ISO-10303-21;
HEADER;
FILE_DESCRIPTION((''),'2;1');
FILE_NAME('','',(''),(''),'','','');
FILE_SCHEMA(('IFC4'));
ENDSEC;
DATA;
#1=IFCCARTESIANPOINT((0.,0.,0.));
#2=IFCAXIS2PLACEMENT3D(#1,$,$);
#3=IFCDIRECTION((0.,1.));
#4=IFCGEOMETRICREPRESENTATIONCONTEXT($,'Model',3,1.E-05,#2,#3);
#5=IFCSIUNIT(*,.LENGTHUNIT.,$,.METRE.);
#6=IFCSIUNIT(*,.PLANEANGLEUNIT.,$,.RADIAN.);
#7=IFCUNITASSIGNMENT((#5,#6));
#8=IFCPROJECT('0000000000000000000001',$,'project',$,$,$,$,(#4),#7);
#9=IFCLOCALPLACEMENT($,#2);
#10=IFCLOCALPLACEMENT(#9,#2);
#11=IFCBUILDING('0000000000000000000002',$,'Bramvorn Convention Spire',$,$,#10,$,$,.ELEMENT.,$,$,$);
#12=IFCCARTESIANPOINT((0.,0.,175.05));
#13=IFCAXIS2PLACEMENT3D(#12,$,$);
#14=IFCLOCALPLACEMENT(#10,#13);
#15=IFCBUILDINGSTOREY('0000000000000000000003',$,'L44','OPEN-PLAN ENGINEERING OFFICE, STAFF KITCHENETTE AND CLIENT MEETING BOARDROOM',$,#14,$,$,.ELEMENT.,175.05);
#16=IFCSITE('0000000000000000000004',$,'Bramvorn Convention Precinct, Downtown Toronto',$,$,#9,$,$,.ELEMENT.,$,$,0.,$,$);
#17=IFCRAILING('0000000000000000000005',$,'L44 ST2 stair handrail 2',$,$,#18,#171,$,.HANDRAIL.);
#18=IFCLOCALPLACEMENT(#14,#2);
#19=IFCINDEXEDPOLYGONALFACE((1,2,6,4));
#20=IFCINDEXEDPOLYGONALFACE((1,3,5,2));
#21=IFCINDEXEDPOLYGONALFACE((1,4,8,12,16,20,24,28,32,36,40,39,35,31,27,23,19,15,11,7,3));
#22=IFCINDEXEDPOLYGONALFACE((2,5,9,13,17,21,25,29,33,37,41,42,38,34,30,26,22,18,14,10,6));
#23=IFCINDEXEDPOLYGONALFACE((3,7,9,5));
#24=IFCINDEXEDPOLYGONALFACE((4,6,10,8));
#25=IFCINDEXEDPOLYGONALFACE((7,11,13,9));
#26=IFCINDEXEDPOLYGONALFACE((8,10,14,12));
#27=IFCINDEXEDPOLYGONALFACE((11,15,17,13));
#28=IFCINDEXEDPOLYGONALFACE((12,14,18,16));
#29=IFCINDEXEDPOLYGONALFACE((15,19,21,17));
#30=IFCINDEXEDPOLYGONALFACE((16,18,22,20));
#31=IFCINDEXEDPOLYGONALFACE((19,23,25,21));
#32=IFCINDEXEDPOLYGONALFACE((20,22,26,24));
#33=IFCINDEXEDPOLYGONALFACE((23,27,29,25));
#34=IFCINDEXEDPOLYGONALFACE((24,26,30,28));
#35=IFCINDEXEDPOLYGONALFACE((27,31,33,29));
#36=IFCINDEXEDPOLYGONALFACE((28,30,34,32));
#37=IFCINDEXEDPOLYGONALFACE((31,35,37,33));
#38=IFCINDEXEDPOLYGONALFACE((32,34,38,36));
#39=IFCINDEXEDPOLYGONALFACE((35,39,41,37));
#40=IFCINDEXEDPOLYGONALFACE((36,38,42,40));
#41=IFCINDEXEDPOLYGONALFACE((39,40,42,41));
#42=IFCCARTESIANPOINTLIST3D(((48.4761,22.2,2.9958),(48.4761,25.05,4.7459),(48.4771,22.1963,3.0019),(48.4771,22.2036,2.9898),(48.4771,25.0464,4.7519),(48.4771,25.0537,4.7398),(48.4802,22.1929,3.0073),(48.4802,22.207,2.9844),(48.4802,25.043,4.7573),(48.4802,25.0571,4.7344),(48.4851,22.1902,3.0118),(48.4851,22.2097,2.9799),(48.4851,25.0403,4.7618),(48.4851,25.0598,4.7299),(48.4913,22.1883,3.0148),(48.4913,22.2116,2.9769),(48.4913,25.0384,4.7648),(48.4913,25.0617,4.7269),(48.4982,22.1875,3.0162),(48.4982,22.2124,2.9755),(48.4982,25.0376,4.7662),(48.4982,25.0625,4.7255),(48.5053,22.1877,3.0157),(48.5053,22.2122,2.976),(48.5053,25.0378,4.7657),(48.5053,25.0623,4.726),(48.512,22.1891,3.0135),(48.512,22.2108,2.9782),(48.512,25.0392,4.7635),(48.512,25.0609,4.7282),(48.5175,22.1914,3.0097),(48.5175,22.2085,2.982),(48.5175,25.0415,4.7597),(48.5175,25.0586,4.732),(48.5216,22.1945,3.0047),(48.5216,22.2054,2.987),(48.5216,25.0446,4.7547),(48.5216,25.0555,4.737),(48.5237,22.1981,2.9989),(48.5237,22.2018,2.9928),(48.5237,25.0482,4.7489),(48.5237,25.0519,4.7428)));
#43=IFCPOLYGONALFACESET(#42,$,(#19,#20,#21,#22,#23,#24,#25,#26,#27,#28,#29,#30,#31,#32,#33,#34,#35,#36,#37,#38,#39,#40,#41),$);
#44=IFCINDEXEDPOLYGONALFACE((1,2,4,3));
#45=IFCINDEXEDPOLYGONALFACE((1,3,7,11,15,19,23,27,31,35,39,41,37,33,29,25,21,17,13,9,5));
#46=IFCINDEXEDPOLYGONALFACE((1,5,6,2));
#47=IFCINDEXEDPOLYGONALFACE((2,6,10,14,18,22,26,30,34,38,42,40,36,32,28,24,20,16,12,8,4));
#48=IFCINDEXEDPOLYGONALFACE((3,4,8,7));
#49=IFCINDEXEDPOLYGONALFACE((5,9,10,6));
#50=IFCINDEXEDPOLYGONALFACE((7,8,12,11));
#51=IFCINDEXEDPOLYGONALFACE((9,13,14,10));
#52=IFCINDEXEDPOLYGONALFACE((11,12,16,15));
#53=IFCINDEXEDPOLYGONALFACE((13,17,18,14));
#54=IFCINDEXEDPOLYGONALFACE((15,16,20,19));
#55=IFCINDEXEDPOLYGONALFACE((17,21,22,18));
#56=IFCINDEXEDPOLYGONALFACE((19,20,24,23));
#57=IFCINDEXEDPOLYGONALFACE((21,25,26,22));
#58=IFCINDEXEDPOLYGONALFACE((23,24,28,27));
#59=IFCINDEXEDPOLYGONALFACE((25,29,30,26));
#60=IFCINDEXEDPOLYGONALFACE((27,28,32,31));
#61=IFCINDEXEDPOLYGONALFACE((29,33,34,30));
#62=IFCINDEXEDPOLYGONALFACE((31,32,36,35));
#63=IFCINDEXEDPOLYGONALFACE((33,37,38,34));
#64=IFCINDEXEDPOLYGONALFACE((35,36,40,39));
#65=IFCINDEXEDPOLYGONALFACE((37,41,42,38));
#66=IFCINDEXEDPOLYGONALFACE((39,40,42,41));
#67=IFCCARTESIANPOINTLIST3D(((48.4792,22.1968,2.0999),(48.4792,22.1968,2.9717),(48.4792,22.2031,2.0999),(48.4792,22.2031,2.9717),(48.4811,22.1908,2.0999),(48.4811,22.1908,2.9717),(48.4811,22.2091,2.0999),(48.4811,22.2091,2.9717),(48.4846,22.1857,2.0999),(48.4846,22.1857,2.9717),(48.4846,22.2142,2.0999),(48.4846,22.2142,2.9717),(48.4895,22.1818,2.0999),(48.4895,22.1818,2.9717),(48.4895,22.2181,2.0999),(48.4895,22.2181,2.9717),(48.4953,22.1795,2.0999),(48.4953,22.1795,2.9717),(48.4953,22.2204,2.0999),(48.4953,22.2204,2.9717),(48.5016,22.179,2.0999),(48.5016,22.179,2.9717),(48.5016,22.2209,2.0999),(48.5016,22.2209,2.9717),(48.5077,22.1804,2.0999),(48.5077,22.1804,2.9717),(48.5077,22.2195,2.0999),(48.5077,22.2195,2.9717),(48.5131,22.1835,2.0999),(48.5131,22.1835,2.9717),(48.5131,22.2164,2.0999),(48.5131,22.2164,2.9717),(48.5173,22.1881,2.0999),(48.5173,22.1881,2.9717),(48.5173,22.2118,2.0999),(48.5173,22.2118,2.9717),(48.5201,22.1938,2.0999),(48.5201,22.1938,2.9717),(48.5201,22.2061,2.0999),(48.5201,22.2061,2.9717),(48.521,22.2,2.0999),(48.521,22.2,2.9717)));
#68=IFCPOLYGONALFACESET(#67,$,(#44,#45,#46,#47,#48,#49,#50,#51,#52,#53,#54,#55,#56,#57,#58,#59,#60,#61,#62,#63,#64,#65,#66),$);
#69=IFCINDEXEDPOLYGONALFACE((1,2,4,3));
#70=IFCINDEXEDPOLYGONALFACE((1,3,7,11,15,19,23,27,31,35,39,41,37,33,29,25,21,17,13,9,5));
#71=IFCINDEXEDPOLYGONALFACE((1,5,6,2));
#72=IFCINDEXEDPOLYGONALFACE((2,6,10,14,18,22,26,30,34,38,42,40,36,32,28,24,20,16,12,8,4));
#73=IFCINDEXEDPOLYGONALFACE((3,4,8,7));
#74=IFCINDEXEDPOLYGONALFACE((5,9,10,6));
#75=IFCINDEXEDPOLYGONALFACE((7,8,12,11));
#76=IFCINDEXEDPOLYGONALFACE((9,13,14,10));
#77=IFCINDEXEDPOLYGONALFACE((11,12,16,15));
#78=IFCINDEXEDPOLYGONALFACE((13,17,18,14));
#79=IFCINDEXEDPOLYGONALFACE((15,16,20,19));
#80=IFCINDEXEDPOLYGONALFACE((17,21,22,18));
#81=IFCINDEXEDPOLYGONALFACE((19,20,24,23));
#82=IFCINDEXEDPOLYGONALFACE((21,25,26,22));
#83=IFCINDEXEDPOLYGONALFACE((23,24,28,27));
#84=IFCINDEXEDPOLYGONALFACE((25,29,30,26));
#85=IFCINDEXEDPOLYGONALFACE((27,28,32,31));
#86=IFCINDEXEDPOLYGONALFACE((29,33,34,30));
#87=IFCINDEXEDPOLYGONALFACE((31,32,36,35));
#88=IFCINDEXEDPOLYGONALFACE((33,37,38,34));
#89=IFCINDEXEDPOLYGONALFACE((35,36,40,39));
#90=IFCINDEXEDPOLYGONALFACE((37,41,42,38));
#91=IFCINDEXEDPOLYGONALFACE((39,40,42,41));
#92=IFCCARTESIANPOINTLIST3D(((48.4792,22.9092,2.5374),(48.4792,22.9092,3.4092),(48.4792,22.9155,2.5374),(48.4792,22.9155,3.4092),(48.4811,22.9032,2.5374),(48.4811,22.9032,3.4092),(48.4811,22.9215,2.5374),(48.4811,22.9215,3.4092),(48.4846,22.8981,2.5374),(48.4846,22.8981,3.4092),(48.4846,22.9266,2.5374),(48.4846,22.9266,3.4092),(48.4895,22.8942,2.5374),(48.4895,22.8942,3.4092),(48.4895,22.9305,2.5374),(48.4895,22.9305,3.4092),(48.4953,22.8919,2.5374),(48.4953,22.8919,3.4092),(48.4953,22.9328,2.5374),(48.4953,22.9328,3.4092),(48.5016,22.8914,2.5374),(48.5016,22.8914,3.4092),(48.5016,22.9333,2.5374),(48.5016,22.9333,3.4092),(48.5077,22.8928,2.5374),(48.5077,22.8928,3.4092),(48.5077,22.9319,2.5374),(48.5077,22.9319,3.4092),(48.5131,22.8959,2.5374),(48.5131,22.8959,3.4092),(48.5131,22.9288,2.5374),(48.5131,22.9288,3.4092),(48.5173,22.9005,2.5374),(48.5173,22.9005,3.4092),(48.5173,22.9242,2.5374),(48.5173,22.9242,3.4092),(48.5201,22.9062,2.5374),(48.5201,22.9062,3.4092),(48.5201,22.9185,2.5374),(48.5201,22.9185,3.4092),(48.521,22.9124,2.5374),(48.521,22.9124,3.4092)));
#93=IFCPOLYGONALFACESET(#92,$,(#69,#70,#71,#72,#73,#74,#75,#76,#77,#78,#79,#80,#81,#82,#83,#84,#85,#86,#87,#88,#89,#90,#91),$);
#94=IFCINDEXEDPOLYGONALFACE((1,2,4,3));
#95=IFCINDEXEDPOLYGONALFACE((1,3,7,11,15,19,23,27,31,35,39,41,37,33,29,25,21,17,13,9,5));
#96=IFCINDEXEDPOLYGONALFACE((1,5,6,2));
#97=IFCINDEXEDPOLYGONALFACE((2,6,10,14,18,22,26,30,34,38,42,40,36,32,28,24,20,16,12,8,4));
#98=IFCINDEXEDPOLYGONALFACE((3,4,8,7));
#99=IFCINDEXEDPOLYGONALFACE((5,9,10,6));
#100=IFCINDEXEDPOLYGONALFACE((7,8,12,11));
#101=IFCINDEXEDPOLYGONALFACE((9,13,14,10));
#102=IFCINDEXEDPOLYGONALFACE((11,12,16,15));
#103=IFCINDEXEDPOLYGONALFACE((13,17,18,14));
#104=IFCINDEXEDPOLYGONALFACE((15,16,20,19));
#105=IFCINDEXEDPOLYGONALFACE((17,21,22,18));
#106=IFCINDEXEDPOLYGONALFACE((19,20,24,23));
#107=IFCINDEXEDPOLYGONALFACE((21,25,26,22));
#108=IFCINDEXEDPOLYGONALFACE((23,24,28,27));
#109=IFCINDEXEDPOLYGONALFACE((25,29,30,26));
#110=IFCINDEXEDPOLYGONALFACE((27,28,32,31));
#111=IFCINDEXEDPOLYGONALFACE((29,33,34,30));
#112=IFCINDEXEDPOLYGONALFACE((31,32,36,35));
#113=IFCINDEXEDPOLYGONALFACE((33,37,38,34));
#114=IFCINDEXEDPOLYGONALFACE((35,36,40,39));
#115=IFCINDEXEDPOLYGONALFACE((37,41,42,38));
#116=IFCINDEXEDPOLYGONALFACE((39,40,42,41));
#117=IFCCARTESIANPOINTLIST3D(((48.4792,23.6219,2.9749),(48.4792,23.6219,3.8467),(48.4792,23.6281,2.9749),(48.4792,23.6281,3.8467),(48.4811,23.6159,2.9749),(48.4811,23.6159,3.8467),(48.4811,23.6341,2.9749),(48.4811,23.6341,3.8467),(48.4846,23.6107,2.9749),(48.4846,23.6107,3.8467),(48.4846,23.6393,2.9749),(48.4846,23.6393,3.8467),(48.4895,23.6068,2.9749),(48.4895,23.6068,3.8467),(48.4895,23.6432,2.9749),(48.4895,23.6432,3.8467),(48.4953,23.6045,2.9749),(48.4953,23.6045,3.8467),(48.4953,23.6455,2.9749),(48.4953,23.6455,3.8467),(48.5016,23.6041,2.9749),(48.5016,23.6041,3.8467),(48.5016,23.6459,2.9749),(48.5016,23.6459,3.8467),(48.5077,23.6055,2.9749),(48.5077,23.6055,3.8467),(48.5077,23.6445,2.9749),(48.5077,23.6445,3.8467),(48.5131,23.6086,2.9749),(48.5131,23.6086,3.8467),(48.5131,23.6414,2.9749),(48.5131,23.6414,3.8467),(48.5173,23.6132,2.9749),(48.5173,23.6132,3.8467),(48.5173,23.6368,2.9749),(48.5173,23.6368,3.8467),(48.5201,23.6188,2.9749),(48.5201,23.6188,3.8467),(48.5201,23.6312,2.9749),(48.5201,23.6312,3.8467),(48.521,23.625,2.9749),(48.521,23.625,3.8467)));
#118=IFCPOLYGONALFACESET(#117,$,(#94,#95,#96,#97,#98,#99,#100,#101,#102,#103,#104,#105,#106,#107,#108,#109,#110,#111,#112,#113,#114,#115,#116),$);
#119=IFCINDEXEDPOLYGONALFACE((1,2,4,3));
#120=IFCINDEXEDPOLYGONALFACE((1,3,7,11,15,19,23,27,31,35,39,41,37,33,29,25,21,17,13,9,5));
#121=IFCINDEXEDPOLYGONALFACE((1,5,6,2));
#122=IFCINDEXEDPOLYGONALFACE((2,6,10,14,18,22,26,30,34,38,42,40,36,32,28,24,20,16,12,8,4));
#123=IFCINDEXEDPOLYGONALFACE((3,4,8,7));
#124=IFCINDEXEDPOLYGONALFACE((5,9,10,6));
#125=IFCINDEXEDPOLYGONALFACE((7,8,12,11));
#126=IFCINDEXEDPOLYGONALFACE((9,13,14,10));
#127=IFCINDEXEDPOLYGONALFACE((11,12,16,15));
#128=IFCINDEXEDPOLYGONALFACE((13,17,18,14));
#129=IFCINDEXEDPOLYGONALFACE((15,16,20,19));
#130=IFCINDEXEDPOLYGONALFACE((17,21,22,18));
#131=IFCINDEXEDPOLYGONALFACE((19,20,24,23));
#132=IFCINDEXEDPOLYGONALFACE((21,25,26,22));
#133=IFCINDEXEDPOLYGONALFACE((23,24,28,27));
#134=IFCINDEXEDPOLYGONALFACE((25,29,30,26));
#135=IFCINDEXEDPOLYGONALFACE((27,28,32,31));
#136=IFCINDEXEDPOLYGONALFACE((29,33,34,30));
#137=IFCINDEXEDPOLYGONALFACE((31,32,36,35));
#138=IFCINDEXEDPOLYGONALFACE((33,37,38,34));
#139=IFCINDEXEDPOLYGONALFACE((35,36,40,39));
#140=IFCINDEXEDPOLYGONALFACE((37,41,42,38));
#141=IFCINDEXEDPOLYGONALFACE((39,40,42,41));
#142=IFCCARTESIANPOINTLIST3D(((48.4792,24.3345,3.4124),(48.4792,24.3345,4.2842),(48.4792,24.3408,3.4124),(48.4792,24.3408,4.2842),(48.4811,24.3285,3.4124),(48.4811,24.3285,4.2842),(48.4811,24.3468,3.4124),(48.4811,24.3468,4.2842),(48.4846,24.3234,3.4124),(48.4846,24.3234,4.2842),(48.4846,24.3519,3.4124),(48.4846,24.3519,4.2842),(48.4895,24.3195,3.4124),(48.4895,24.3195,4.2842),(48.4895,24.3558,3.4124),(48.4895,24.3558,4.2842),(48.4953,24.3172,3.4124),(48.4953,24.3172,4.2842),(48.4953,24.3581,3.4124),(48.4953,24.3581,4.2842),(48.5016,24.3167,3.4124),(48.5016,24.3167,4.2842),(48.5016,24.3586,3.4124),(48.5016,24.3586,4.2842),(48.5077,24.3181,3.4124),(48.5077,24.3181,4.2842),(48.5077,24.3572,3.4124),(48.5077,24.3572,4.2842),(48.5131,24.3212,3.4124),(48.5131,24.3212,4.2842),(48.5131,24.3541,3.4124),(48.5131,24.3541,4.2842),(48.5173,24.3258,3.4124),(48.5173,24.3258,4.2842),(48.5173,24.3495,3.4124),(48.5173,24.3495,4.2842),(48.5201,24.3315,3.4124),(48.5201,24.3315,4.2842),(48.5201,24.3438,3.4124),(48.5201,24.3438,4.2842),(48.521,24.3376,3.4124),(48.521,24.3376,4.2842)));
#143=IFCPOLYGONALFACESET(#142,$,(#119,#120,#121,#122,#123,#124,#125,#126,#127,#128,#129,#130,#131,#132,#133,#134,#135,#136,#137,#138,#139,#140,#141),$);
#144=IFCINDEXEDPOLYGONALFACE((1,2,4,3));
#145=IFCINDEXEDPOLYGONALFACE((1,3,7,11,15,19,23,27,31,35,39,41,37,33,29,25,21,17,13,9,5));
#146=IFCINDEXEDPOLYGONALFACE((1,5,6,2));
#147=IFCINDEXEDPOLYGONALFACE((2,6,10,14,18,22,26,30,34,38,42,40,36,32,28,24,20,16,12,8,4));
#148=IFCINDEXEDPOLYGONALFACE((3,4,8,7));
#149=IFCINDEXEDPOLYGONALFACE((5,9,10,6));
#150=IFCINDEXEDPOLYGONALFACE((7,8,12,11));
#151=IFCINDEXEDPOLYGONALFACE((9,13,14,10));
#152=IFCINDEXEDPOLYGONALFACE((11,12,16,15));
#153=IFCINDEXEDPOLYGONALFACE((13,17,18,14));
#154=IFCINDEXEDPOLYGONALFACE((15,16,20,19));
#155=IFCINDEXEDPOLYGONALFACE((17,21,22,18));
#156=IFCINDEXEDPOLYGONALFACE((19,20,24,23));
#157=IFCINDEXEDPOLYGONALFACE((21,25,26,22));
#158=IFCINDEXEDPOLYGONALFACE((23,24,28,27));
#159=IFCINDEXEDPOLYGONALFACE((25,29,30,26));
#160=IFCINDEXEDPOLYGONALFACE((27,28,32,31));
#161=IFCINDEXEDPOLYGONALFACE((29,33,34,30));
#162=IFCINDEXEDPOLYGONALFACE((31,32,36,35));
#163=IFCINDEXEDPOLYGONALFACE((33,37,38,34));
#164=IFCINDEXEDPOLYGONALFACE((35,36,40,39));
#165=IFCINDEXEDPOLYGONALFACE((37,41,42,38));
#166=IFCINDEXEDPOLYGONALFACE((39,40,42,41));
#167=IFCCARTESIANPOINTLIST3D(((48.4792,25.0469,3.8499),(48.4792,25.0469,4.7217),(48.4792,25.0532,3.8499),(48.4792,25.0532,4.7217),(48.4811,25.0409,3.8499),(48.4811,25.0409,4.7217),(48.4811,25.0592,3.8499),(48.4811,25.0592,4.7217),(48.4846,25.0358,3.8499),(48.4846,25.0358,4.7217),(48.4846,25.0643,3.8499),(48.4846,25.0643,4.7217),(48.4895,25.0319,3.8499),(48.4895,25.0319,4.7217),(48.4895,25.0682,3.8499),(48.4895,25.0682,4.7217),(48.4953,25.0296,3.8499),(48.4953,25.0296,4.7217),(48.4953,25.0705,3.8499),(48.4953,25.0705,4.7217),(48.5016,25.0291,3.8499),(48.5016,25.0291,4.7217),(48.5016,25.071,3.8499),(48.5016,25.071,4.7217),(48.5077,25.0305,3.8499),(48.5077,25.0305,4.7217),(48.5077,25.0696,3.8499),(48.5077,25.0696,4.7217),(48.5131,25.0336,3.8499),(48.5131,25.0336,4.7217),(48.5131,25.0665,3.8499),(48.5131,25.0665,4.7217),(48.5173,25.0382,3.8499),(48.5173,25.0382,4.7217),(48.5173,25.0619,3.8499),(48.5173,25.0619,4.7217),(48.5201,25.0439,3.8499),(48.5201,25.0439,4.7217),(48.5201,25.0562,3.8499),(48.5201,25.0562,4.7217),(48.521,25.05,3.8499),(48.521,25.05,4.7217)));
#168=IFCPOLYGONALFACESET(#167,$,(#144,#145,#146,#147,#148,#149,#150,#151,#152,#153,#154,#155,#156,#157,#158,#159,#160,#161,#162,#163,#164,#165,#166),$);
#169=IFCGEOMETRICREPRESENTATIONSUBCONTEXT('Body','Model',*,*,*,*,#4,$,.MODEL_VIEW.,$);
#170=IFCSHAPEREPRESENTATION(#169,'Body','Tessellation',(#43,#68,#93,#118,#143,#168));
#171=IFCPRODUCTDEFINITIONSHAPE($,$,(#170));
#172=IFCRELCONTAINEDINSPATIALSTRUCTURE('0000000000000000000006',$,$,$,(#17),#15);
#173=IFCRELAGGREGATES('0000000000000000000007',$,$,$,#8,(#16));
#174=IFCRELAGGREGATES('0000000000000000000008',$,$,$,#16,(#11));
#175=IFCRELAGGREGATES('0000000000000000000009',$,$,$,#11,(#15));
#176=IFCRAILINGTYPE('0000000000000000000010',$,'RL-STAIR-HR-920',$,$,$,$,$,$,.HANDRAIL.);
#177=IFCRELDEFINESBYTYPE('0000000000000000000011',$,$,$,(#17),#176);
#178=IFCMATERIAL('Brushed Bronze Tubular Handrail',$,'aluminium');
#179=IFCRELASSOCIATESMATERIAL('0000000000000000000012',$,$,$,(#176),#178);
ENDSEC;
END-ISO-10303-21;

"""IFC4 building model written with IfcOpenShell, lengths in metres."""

from ifc_helpers import new_model, si_unit, direction, frame, origin, origin_2d, place, context, subcontext, project, spatial, circle, extrude, material, type_object, element, save


model = new_model("IFC4")

# Units and contexts
model_context = context("Model", 3, precision=1e-05, world=origin(), true_north=direction((0.0, 1.0)))
body_context = subcontext(model_context, "Body", "Model", "MODEL_VIEW")
ifc_project = project(units=[si_unit("LENGTHUNIT", "METRE"), si_unit("PLANEANGLEUNIT", "RADIAN")], contexts=[model_context])

# Site, building, storey
site_placement = place(None, origin())
site = spatial("IfcSite", under=ifc_project, at=site_placement, Name="Bramvorn Convention Precinct, Downtown Toronto", CompositionType="ELEMENT", RefElevation=0.0)
building_placement = place(site_placement, origin())
building = spatial("IfcBuilding", under=site, at=building_placement, Name="Bramvorn Convention Spire", CompositionType="ELEMENT")
storey_placement = place(building_placement, frame((0.0, 0.0, 175.05)))
storey = spatial("IfcBuildingStorey", under=building, at=storey_placement, Name="L44", Description="OPEN-PLAN ENGINEERING OFFICE, STAFF KITCHENETTE AND CLIENT MEETING BOARDROOM", CompositionType="ELEMENT", Elevation=175.05)

# Railing
ifc_material_1 = material(Name="Brushed Bronze Tubular Handrail", Category="aluminium")
railing_type_1 = type_object("IfcRailingType", Name="RL-STAIR-HR-920", PredefinedType="HANDRAIL", material=ifc_material_1)
railing_1_placement = place(storey_placement, frame((48.5, 22.2, 2.0999)))
element("IfcRailing", 1, at=railing_1_placement, inside=storey, type_object=railing_type_1, Name="L44 ST2 stair handrail 2", PredefinedType="HANDRAIL", context=body_context, shape_type="SweptSolid", body=[
    extrude(circle(Radius=0.0239, at=origin_2d()), frame((0.0, 0.0, 0.896), z_axis=(0.0, 0.852179, 0.52325), x_axis=(-1.0, 0.0, 0.0)), (0.0, 0.0, 1.0), 3.3445),
    extrude(circle(Radius=0.021, at=origin_2d()), origin(), (0.0, 0.0, 1.0), 0.8718),
    extrude(circle(Radius=0.021, at=origin_2d()), frame((0.0, 0.7124, 0.4375)), (0.0, 0.0, 1.0), 0.8718),
    extrude(circle(Radius=0.021, at=origin_2d()), frame((0.0, 1.425, 0.875)), (0.0, 0.0, 1.0), 0.8718),
    extrude(circle(Radius=0.021, at=origin_2d()), frame((0.0, 2.1377, 1.3125)), (0.0, 0.0, 1.0), 0.8718),
    extrude(circle(Radius=0.021, at=origin_2d()), frame((0.0, 2.8501, 1.75)), (0.0, 0.0, 1.0), 0.8718),
])

save(model, "model.ifc")
